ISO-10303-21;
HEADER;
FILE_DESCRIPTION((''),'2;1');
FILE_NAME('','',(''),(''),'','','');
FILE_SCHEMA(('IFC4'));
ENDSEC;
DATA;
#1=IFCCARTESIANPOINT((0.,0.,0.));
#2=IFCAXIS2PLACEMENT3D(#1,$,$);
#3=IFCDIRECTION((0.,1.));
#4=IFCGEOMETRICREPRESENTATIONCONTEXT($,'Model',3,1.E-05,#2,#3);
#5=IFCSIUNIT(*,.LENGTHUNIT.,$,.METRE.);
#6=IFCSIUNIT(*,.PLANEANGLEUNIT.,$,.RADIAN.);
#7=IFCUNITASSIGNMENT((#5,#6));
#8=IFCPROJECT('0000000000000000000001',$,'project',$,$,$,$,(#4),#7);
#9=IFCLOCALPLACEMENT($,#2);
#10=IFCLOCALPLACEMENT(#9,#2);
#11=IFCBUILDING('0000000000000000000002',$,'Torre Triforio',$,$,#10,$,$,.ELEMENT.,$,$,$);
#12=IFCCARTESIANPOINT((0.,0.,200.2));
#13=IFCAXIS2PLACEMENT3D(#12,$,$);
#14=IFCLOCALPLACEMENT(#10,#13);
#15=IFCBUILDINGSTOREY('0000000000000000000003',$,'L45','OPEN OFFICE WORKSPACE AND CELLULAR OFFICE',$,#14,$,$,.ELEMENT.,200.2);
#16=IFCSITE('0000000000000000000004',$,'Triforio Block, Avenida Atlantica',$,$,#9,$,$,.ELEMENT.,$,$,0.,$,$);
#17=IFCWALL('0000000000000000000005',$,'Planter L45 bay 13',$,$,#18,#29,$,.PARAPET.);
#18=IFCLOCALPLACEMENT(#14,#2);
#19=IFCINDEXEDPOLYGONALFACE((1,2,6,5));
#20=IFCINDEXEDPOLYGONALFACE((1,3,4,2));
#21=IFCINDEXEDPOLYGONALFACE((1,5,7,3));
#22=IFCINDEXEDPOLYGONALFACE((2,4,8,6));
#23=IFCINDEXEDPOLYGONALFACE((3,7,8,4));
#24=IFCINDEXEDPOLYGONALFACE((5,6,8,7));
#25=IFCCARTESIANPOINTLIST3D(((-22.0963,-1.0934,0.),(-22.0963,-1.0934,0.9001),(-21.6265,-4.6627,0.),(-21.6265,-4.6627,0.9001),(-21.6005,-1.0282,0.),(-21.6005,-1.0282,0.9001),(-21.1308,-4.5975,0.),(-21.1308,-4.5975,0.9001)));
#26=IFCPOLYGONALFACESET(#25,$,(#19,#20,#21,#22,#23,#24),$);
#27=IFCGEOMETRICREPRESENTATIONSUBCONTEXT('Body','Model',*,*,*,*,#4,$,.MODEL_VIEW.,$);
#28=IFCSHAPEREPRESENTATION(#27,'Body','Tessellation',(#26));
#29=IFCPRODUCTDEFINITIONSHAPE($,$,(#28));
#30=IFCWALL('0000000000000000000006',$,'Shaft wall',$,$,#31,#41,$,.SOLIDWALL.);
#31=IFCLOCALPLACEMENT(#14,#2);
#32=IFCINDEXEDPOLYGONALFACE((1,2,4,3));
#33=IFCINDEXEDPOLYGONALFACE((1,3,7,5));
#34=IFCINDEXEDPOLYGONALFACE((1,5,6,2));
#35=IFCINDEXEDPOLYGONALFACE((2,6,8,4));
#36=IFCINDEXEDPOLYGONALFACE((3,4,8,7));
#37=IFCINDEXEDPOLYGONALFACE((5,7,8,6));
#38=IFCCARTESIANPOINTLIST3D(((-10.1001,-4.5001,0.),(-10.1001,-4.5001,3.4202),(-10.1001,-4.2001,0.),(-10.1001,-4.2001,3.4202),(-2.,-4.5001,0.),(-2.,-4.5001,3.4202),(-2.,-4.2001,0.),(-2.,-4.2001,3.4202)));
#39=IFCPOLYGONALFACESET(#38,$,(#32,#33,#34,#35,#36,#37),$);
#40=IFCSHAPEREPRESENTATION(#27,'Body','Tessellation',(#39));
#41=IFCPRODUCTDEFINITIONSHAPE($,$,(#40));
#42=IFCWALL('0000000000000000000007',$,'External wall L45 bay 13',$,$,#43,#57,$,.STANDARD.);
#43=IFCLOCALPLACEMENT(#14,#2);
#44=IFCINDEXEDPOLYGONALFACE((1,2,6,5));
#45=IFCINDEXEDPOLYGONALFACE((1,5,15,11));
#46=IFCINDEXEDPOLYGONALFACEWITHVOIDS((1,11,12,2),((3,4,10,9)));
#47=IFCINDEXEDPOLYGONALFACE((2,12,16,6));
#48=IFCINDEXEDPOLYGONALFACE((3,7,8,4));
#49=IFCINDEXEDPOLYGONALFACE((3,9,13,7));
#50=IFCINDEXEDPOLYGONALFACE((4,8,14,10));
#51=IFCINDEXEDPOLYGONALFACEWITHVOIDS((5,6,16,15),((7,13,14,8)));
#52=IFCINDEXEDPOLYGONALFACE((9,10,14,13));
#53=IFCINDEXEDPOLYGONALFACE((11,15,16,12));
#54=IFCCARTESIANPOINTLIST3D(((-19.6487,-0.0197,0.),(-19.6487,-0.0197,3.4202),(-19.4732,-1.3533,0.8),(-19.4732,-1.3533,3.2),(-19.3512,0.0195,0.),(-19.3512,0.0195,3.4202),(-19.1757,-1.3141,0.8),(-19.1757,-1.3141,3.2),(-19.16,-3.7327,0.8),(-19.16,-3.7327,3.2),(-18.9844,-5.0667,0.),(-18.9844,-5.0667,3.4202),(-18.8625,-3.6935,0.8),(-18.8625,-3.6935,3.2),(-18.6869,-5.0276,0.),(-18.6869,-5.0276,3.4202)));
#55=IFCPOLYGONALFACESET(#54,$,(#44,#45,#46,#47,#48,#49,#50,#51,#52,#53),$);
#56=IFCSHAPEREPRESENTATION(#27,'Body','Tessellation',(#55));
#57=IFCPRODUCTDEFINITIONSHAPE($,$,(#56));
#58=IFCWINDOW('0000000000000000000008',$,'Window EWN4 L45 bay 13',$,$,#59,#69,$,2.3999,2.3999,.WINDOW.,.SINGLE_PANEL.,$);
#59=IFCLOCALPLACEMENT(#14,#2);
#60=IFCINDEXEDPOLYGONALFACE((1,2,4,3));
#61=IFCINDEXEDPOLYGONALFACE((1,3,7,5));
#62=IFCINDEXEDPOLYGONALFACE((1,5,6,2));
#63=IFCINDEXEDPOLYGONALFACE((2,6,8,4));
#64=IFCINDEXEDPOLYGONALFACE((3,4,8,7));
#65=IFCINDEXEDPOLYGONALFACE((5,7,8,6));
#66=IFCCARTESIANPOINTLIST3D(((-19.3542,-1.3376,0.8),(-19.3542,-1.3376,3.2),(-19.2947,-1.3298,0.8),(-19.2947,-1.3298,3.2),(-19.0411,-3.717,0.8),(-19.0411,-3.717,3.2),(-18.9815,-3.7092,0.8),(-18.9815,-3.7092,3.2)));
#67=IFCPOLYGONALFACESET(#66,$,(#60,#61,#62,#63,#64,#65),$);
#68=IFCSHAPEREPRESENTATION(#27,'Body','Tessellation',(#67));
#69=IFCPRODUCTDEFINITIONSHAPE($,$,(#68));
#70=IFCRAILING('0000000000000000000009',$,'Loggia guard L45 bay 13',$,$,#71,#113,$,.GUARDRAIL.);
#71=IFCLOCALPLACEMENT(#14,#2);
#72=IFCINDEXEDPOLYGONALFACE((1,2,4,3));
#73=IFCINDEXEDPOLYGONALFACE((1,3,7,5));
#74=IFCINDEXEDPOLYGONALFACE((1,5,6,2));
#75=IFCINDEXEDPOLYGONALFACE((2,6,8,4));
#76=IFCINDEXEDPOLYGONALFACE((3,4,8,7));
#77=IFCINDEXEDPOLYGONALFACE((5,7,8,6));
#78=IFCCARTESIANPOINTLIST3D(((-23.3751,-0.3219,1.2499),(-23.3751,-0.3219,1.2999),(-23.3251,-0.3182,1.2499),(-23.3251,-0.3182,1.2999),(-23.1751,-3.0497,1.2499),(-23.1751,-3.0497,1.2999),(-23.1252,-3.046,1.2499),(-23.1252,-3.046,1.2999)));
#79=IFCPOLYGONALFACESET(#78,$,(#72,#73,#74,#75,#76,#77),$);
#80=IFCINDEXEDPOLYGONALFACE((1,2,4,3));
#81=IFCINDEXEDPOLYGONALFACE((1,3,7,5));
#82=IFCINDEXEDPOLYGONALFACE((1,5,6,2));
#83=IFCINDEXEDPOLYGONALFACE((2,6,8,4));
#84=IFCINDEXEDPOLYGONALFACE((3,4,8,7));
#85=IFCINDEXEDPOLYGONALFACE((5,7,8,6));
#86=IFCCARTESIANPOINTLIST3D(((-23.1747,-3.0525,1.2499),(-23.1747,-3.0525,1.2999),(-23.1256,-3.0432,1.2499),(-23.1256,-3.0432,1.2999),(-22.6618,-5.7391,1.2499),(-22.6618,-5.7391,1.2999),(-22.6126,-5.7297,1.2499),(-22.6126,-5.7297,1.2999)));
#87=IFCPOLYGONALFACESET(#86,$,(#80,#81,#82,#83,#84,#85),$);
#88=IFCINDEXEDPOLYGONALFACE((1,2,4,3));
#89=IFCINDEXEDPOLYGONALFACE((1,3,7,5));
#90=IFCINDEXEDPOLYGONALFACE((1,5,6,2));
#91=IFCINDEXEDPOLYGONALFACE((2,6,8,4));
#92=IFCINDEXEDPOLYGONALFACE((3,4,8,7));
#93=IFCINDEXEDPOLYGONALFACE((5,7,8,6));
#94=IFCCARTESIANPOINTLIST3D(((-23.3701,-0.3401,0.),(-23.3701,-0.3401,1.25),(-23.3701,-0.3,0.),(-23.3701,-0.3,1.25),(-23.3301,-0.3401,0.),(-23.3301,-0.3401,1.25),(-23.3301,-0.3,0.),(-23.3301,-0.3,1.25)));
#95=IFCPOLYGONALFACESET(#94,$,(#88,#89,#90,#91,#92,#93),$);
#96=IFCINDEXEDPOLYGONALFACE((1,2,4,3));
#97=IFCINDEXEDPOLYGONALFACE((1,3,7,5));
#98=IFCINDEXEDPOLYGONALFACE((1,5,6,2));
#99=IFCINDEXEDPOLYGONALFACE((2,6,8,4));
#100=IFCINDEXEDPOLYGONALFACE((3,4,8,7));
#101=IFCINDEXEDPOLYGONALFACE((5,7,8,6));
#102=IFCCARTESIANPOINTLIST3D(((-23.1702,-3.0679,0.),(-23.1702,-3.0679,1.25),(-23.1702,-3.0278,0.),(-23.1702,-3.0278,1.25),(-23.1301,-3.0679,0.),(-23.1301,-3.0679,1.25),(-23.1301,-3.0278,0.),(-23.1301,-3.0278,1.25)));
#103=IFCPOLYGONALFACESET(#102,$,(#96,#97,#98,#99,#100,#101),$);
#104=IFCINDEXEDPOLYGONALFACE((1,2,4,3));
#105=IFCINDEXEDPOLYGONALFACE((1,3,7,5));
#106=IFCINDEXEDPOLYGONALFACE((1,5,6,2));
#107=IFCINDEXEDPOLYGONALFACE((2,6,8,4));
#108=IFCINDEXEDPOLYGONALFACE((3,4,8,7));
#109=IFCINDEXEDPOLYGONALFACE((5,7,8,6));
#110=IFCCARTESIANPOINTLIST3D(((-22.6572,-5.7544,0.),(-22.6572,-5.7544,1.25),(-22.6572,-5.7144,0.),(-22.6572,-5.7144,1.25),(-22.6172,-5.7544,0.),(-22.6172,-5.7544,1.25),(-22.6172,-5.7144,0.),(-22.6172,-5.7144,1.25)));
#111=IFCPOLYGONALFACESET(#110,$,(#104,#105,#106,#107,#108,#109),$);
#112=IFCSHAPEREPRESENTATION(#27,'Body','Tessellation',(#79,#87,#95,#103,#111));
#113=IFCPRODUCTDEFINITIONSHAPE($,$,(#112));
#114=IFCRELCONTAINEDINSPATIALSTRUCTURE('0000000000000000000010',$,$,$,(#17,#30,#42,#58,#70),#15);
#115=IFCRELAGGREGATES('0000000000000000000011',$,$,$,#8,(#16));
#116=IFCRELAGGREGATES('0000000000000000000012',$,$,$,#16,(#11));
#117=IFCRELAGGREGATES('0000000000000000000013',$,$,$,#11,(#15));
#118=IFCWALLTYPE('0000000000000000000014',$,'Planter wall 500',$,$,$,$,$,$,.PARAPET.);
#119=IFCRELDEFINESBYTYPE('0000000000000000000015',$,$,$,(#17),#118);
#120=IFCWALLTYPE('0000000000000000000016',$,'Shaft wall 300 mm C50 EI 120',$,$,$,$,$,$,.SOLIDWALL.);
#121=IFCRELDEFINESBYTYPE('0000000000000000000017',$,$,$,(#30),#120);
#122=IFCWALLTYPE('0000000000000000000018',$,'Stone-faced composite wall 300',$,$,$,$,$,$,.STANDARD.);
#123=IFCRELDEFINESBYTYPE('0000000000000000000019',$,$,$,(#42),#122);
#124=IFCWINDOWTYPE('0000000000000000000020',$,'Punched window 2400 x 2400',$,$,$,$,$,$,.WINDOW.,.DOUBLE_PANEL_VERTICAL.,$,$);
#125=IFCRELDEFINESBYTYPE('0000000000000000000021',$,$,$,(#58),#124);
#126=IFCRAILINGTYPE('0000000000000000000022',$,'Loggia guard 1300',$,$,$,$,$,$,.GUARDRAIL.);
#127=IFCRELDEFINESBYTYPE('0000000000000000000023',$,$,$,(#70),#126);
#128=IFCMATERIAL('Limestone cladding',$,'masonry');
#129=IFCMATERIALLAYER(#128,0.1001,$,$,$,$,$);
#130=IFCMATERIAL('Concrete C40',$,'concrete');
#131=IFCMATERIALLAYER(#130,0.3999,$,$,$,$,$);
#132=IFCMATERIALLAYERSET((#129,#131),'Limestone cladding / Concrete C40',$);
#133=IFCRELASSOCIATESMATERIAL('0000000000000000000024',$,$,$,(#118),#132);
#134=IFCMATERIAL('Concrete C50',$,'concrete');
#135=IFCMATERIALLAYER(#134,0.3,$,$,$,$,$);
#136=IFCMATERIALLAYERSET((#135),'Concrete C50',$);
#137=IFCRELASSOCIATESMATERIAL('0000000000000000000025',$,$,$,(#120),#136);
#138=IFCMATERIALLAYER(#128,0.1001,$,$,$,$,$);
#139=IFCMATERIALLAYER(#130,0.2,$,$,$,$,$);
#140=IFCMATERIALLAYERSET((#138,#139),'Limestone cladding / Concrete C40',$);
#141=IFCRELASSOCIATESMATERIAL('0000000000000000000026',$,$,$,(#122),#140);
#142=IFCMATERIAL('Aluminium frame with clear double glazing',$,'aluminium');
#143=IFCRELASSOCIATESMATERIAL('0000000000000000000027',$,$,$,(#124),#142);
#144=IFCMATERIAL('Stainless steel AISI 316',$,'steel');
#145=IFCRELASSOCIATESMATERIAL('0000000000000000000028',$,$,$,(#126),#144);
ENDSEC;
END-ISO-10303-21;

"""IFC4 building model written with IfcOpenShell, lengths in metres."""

from ifc_helpers import new_model, si_unit, direction, frame, frame_2d, origin, origin_2d, place, context, subcontext, project, spatial, rectangle, extrude, material, layer, layer_set, type_object, element, fill, save


model = new_model("IFC4")

# Units and contexts
model_context = context("Model", 3, precision=1e-05, world=origin(), true_north=direction((0.0, 1.0)))
body_context = subcontext(model_context, "Body", "Model", "MODEL_VIEW")
ifc_project = project(units=[si_unit("LENGTHUNIT", "METRE"), si_unit("PLANEANGLEUNIT", "RADIAN")], contexts=[model_context])

# Site, building, storey
site_placement = place(None, origin())
site = spatial("IfcSite", under=ifc_project, at=site_placement, Name="Triforio Block, Avenida Atlantica", CompositionType="ELEMENT", RefElevation=0.0)
building_placement = place(site_placement, origin())
building = spatial("IfcBuilding", under=site, at=building_placement, Name="Torre Triforio", CompositionType="ELEMENT")
storey_placement = place(building_placement, frame((0.0, 0.0, 200.2)))
storey = spatial("IfcBuildingStorey", under=building, at=storey_placement, Name="L45", Description="OPEN OFFICE WORKSPACE AND CELLULAR OFFICE", CompositionType="ELEMENT", Elevation=200.2)

# Shared definitions
ifc_material_1 = material(Name="Concrete C50", Category="concrete")

# Shared definitions
ifc_material_2 = material(Name="Concrete C40", Category="concrete")

# Walls
ifc_material_3 = material(Name="Limestone cladding", Category="masonry")
ifc_layer_1 = layer(ifc_material_3, 0.1001)
ifc_layer_2 = layer(ifc_material_2, 0.3999)
ifc_layer_set_1 = layer_set([ifc_layer_1, ifc_layer_2], Name="Limestone cladding / Concrete C40")
wall_type_1 = type_object("IfcWallType", Name="Planter wall 500", PredefinedType="PARAPET", material=ifc_layer_set_1)
wall_1_placement = place(storey_placement, frame((-21.8484, -1.0608, 0.0), z_axis=(0.0, 0.0, 1.0), x_axis=(0.130476, -0.991452, 0.0)))
element("IfcWall", 1, at=wall_1_placement, inside=storey, type_object=wall_type_1, Name="Planter L45 bay 13", PredefinedType="PARAPET", context=body_context, shape_type="SweptSolid", body=[
    extrude(rectangle(XDim=3.6001, YDim=0.5, at=frame_2d((1.8, 0.0))), origin(), (0.0, 0.0, 1.0), 0.9001),
])
ifc_layer_3 = layer(ifc_material_1, 0.3)
ifc_layer_set_2 = layer_set([ifc_layer_3], Name="Concrete C50")
wall_type_2 = type_object("IfcWallType", Name="Shaft wall 300 mm C50 EI 120", PredefinedType="SOLIDWALL", material=ifc_layer_set_2)
wall_2_placement = place(storey_placement, frame((-10.1001, -4.3501, 0.0), z_axis=(0.0, 0.0, 1.0), x_axis=(1.0, 0.0, 0.0)))
element("IfcWall", 2, at=wall_2_placement, inside=storey, type_object=wall_type_2, Name="Shaft wall", PredefinedType="SOLIDWALL", context=body_context, shape_type="SweptSolid", body=[
    extrude(rectangle(XDim=8.1001, YDim=0.3, at=frame_2d((4.05, 0.0))), origin(), (0.0, 0.0, 1.0), 3.4202),
])

# Wall, opening, window
ifc_layer_4 = layer(ifc_material_3, 0.1001)
ifc_layer_5 = layer(ifc_material_2, 0.2)
ifc_layer_set_3 = layer_set([ifc_layer_4, ifc_layer_5], Name="Limestone cladding / Concrete C40")
wall_type_3 = type_object("IfcWallType", Name="Stone-faced composite wall 300", PredefinedType="STANDARD", material=ifc_layer_set_3)
wall_3_placement = place(storey_placement, frame((-19.5, 0.0, 0.0), z_axis=(0.0, 0.0, 1.0), x_axis=(0.130495, -0.991449, 0.0)))
wall_3 = element("IfcWall", 3, at=wall_3_placement, inside=storey, type_object=wall_type_3, Name="External wall L45 bay 13", PredefinedType="STANDARD", context=body_context, shape_type="SweptSolid", body=[
    extrude(rectangle(XDim=5.0906, YDim=0.3, at=frame_2d((2.5454, 0.0))), origin(), (0.0, 0.0, 1.0), 3.4202),
])
opening_1_placement = place(wall_3_placement, frame((1.3452, 0.0, 0.8)))
opening_1 = element("IfcOpeningElement", 4, at=opening_1_placement, cuts=wall_3, PredefinedType="OPENING", context=body_context, shape_type="SweptSolid", body=[
    extrude(rectangle(XDim=2.3999, YDim=2.3999, at=frame_2d((1.2, 1.2))), frame((0.0, 0.1599, 0.0), z_axis=(0.0, -1.0, 0.0), x_axis=(1.0, 0.0, 0.0)), (0.0, 0.0, 1.0), 0.3201),
])
ifc_material_4 = material(Name="Aluminium frame with clear double glazing", Category="aluminium")
window_type_1 = type_object("IfcWindowType", Name="Punched window 2400 x 2400", PartitioningType="DOUBLE_PANEL_VERTICAL", PredefinedType="WINDOW", material=ifc_material_4)
window_1_placement = place(opening_1_placement, origin())
window_1 = element("IfcWindow", 5, at=window_1_placement, inside=storey, type_object=window_type_1, Name="Window EWN4 L45 bay 13", OverallHeight=2.3999, OverallWidth=2.3999, PartitioningType="SINGLE_PANEL", PredefinedType="WINDOW", context=body_context, shape_type="SweptSolid", body=[
    extrude(rectangle(XDim=2.3999, YDim=2.3999, at=frame_2d((1.2, 1.2))), frame((0.0, 0.03, 0.0), z_axis=(0.0, -1.0, 0.0), x_axis=(1.0, 0.0, 0.0)), (0.0, 0.0, 1.0), 0.0601),
])
fill(opening_1, window_1)

# Railing
ifc_material_5 = material(Name="Stainless steel AISI 316", Category="steel")
railing_type = type_object("IfcRailingType", Name="Loggia guard 1300", PredefinedType="GUARDRAIL", material=ifc_material_5)
railing_placement = place(storey_placement, frame((-23.3501, -0.3201, 0.0)))
element("IfcRailing", 6, at=railing_placement, inside=storey, type_object=railing_type, Name="Loggia guard L45 bay 13", PredefinedType="GUARDRAIL", context=body_context, shape_type="SweptSolid", body=[
    extrude(rectangle(XDim=0.05, YDim=0.05, at=origin_2d()), frame((0.0, 0.0, 1.2749), z_axis=(0.073106, -0.997324, 0.0), x_axis=(0.997324, 0.073106, 0.0)), (0.0, 0.0, 1.0), 2.7351),
    extrude(rectangle(XDim=0.05, YDim=0.05, at=origin_2d()), frame((0.2, -2.7278, 1.2749), z_axis=(0.187543, -0.982256, 0.0), x_axis=(0.982256, 0.187543, 0.0)), (0.0, 0.0, 1.0), 2.7351),
    extrude(rectangle(XDim=0.04, YDim=0.04, at=origin_2d()), origin(), (0.0, 0.0, 1.0), 1.25),
    extrude(rectangle(XDim=0.04, YDim=0.04, at=origin_2d()), frame((0.2, -2.7278, 0.0)), (0.0, 0.0, 1.0), 1.25),
    extrude(rectangle(XDim=0.04, YDim=0.04, at=origin_2d()), frame((0.7129, -5.4143, 0.0)), (0.0, 0.0, 1.0), 1.25),
])

save(model, "model.ifc")
